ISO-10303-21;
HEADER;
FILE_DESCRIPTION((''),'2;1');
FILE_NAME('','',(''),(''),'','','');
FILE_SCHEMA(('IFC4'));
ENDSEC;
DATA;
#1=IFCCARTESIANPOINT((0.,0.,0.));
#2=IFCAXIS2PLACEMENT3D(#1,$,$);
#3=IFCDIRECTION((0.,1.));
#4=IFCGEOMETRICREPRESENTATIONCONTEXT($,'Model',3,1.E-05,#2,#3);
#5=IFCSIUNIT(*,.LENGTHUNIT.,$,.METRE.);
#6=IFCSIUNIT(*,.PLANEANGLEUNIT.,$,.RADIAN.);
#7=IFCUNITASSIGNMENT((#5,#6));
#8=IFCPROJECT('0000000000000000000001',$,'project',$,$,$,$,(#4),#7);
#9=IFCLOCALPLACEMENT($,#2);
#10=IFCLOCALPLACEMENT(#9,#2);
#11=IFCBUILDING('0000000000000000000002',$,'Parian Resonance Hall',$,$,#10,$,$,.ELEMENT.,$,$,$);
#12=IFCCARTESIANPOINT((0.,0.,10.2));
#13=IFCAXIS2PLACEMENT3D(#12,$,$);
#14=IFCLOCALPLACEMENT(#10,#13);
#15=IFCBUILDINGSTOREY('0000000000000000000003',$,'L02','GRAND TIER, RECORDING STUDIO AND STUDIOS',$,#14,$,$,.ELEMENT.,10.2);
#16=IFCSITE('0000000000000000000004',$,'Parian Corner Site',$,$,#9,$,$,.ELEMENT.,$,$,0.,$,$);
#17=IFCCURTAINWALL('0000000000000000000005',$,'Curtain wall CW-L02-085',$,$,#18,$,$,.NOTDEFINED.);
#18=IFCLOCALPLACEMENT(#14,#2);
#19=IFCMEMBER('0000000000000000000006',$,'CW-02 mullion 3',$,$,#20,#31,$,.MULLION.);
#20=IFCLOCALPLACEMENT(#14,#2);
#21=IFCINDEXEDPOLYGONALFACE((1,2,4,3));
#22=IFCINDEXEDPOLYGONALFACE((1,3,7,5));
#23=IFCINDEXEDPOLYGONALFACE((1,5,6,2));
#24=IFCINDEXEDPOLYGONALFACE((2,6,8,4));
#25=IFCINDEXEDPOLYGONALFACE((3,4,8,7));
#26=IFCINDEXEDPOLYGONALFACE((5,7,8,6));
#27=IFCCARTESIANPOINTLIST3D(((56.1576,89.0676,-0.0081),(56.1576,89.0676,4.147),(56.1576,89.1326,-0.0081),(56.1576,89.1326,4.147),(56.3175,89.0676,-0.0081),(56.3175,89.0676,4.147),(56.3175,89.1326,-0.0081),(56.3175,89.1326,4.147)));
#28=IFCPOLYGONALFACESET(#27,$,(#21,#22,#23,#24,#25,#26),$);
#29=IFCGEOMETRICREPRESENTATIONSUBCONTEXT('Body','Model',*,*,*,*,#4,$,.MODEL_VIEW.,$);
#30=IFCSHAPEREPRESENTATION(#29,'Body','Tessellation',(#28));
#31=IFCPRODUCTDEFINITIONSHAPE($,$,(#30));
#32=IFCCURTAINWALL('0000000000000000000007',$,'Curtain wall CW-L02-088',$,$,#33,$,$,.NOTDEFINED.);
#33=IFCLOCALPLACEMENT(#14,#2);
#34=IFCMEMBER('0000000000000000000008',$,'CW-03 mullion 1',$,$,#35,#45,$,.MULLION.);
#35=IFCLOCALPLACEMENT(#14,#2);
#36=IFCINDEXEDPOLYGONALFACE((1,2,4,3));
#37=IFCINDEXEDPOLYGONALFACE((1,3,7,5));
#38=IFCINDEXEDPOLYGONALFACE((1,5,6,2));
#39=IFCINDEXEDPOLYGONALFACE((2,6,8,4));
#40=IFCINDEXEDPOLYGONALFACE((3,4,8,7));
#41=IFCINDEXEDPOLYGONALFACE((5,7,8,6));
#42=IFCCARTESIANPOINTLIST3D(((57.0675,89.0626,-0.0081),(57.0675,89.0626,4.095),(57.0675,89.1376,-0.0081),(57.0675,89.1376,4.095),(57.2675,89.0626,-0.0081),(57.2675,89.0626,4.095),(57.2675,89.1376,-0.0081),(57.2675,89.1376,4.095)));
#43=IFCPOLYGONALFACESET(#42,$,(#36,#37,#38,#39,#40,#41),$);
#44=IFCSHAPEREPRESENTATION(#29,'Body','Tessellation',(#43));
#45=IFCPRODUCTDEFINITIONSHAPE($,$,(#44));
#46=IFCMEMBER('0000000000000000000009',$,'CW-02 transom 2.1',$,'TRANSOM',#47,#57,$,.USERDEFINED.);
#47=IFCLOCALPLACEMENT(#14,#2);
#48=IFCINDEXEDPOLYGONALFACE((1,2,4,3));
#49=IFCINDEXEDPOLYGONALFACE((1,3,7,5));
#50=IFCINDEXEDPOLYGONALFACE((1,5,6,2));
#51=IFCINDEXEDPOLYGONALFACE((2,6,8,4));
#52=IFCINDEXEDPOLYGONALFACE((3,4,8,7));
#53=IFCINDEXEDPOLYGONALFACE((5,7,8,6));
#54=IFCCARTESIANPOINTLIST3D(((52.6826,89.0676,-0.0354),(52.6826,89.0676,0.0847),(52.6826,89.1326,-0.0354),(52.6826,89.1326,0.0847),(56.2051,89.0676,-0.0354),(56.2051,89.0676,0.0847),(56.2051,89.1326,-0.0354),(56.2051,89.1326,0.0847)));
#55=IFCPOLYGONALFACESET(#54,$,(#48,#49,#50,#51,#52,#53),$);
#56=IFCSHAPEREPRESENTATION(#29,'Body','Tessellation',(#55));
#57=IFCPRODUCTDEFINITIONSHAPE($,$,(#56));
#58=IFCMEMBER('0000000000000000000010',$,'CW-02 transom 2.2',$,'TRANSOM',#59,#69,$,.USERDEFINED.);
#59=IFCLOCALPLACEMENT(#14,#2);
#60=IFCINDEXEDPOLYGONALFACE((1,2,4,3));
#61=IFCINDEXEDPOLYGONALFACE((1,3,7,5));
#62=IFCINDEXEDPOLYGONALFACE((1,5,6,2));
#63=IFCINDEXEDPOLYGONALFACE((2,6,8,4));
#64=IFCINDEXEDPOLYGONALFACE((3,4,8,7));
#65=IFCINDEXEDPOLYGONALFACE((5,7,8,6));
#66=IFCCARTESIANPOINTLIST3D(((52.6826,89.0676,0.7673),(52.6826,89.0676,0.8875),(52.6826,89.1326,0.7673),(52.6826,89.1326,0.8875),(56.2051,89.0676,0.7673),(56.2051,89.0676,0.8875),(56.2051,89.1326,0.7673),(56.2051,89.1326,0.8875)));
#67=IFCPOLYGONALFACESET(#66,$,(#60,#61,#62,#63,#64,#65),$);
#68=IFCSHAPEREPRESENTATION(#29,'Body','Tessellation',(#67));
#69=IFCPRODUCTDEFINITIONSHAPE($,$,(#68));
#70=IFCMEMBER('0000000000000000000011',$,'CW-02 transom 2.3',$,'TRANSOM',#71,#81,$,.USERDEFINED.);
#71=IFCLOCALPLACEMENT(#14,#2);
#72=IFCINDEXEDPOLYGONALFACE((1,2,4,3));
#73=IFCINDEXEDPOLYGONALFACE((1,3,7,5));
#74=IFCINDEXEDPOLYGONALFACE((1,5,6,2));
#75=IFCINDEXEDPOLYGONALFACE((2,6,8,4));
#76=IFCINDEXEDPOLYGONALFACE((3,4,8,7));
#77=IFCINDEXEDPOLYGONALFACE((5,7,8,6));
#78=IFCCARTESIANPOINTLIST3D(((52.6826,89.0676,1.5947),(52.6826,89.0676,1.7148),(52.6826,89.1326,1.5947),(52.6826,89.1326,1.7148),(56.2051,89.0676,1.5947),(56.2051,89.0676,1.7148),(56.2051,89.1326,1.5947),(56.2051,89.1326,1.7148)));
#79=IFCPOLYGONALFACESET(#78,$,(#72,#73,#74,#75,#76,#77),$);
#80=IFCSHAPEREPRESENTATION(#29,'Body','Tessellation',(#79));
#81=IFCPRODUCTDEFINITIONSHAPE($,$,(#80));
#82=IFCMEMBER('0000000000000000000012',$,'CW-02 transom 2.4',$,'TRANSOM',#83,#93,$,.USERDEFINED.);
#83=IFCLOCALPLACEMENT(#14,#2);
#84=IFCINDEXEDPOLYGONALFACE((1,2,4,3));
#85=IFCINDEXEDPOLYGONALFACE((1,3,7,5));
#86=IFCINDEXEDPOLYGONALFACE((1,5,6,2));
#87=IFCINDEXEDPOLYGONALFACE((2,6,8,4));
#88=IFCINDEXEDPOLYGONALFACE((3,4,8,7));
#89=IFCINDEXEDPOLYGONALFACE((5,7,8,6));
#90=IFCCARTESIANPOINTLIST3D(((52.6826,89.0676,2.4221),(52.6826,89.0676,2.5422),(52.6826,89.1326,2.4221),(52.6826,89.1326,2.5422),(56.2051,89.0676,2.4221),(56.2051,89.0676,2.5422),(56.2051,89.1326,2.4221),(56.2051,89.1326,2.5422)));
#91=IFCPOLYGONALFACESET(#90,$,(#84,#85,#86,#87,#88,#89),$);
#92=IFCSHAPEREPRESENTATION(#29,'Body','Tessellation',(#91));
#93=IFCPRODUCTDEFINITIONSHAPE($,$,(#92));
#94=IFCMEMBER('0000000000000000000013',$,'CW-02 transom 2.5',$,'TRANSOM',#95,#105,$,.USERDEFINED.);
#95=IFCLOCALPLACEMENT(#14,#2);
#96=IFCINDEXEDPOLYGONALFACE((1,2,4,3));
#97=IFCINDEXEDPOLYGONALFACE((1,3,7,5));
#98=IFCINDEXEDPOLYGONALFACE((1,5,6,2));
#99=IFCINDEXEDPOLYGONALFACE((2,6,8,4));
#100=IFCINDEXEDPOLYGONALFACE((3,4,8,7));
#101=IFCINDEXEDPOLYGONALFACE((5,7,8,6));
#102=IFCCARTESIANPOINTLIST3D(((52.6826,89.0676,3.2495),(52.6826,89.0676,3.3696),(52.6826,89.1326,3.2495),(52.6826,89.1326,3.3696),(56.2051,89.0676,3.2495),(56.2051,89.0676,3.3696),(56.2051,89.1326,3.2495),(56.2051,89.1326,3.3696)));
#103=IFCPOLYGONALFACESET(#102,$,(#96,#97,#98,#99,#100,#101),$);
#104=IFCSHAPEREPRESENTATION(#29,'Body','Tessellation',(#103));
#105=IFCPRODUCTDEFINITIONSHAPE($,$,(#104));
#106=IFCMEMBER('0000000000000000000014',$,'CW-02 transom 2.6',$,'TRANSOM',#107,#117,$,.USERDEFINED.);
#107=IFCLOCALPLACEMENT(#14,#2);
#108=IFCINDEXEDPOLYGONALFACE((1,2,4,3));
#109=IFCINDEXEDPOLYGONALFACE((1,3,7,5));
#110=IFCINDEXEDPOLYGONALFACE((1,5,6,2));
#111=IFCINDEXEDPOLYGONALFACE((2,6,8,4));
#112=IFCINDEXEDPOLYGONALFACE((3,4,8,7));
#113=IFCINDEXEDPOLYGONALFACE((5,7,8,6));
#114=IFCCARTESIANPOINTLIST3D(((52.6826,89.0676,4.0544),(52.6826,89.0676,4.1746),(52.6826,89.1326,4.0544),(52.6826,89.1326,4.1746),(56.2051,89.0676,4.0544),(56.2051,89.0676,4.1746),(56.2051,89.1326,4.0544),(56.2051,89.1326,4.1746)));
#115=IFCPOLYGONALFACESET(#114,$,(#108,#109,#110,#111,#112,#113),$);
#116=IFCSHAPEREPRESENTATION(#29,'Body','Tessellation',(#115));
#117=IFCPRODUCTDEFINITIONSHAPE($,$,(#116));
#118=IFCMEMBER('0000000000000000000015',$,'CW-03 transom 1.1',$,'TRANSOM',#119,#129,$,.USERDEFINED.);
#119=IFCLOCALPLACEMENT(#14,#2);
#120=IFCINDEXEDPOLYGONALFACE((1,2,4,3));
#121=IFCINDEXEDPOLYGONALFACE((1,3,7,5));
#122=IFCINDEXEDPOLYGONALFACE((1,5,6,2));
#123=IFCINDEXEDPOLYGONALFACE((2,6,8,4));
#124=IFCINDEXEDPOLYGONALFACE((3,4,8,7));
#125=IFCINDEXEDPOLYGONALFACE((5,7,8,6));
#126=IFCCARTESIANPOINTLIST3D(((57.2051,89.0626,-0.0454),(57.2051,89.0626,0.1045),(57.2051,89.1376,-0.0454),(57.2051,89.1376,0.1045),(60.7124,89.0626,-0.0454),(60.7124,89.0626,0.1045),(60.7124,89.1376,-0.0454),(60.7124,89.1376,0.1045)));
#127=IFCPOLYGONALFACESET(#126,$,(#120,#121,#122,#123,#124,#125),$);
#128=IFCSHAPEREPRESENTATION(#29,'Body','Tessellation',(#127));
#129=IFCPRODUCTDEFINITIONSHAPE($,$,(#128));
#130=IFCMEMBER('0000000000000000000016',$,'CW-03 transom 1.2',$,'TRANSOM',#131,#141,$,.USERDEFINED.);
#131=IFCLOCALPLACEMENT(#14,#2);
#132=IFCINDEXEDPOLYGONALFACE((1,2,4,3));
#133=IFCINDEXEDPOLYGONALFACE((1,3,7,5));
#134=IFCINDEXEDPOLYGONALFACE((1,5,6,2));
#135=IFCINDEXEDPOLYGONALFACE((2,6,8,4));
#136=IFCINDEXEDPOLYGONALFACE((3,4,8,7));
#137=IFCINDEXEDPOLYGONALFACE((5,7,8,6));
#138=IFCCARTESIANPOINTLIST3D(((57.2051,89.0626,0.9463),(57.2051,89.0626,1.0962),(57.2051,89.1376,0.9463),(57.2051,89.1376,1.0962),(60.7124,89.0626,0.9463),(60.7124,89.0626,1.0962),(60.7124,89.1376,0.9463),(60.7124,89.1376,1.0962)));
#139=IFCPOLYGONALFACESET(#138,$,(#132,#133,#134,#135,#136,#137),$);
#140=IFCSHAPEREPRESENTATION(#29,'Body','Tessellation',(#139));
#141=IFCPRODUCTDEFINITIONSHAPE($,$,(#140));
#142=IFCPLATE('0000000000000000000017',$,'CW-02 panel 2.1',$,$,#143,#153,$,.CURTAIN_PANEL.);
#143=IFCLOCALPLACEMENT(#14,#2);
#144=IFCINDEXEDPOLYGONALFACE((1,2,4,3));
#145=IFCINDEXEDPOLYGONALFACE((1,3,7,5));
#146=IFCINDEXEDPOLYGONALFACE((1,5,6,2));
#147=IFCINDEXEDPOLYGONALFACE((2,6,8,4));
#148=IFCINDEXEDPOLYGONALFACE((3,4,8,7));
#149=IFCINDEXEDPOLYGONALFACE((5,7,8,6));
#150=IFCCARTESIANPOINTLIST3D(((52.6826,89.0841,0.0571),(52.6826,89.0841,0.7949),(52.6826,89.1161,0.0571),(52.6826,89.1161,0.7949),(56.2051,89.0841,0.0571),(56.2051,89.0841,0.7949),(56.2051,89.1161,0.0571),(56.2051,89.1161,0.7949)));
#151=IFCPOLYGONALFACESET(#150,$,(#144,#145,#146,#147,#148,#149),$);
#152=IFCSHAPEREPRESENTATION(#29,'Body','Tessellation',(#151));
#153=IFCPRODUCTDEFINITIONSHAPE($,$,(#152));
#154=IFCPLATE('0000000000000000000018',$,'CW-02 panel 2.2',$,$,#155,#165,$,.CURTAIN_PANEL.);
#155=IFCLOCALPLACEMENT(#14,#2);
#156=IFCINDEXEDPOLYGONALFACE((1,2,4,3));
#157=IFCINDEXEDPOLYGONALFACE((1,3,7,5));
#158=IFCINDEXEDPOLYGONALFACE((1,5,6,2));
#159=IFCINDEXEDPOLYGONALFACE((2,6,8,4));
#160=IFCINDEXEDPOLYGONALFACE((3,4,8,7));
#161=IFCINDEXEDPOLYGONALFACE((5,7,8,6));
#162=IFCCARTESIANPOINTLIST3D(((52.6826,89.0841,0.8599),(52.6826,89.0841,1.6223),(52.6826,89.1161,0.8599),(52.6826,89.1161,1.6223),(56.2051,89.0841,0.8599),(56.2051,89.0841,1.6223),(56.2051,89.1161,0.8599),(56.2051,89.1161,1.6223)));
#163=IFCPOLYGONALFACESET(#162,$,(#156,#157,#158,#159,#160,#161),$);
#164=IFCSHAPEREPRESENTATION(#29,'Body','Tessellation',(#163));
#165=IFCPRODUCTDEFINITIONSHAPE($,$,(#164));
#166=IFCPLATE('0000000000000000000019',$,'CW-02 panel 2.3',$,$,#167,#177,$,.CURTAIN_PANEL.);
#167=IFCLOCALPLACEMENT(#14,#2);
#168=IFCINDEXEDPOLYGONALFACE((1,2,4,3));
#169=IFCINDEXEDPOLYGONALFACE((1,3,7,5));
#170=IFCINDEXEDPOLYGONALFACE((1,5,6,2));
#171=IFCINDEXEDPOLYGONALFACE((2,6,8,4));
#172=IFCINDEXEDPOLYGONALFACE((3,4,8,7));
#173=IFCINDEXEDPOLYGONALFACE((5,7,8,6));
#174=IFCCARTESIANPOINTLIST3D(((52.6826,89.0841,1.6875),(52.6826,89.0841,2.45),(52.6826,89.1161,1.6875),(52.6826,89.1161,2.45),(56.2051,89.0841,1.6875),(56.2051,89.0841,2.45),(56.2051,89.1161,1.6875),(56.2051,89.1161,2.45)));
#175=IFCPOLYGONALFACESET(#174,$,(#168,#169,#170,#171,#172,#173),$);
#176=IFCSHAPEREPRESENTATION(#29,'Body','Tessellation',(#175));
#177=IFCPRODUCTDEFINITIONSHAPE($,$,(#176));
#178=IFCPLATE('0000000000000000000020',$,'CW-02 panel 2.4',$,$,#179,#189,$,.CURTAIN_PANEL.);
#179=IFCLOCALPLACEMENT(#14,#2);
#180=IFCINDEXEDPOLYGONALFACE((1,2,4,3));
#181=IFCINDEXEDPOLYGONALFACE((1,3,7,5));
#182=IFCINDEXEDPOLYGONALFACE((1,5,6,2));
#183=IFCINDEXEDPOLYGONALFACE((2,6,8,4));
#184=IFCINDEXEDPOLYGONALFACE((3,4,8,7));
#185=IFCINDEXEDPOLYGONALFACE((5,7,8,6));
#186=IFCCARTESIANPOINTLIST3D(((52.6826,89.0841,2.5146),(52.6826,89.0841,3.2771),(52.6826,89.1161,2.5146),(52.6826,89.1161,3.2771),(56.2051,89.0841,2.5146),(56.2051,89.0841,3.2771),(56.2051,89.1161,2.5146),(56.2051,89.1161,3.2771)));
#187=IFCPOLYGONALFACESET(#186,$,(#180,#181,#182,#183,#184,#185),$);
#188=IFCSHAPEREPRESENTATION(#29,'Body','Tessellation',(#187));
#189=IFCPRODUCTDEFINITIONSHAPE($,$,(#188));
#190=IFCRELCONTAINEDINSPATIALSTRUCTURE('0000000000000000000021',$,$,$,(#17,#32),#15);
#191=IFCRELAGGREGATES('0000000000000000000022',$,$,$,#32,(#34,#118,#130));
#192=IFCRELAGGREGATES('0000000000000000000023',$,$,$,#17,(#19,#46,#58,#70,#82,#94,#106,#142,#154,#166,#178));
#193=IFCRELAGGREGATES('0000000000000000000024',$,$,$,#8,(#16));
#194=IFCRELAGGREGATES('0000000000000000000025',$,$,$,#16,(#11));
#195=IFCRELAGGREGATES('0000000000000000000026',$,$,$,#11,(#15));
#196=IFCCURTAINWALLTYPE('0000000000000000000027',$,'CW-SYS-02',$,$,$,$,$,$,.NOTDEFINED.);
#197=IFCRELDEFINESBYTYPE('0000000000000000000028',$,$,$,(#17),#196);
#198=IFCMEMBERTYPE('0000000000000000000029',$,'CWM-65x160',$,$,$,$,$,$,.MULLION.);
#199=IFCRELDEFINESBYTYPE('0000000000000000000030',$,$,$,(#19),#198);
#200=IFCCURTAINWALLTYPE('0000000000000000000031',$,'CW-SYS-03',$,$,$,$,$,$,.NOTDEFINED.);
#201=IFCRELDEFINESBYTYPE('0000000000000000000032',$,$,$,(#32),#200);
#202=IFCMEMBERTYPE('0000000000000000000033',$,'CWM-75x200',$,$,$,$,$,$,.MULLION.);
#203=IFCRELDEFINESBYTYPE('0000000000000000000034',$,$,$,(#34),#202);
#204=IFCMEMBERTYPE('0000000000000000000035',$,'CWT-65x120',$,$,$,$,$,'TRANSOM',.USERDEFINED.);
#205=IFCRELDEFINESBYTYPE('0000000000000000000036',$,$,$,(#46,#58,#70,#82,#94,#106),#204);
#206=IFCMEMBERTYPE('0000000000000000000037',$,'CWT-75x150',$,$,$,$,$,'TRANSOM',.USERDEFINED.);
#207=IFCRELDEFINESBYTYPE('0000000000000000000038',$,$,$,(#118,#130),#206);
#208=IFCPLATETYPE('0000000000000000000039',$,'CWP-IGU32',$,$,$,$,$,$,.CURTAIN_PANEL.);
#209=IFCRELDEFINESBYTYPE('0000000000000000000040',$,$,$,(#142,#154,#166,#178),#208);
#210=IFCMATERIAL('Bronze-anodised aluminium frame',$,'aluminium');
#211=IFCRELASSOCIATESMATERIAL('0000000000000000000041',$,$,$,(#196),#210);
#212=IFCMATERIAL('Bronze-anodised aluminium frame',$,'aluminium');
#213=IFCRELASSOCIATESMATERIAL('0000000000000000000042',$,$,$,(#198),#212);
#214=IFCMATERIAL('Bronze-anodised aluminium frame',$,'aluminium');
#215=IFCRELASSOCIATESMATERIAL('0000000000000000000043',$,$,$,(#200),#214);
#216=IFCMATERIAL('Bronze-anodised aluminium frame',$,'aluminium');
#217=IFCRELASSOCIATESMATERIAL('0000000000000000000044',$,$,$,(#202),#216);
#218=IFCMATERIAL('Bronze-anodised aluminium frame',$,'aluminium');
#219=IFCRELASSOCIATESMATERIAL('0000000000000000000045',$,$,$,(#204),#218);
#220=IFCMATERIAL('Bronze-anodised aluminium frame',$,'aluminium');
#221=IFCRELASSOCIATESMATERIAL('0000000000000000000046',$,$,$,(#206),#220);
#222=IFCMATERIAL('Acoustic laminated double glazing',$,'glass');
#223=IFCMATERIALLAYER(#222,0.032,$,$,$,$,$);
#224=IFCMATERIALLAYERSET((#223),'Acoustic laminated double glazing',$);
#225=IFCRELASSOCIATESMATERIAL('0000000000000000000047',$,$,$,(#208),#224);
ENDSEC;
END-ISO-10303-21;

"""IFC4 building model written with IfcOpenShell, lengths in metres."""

from ifc_helpers import new_model, si_unit, direction, frame, origin, origin_2d, place, context, subcontext, project, spatial, rectangle, extrude, material, layer, layer_set, material_profile, profile_set, type_object, element, aggregate, save


model = new_model("IFC4")

# Units and contexts
model_context = context("Model", 3, precision=1e-05, world=origin(), true_north=direction((0.0, 1.0)))
body_context = subcontext(model_context, "Body", "Model", "MODEL_VIEW")
ifc_project = project(units=[si_unit("LENGTHUNIT", "METRE"), si_unit("PLANEANGLEUNIT", "RADIAN")], contexts=[model_context])

# Site, building, storey
site_placement = place(None, origin())
site = spatial("IfcSite", under=ifc_project, at=site_placement, Name="Parian Corner Site", CompositionType="ELEMENT", RefElevation=0.0)
building_placement = place(site_placement, origin())
building = spatial("IfcBuilding", under=site, at=building_placement, Name="Parian Resonance Hall", CompositionType="ELEMENT")
storey_placement = place(building_placement, frame((0.0, 0.0, 10.2)))
storey = spatial("IfcBuildingStorey", under=building, at=storey_placement, Name="L02", Description="GRAND TIER, RECORDING STUDIO AND STUDIOS", CompositionType="ELEMENT", Elevation=10.2)

# Curtain wall, member
ifc_material_1 = material(Name="Bronze-anodised aluminium frame", Category="aluminium")
curtain_wall_type_1 = type_object("IfcCurtainWallType", Name="CW-SYS-02", PredefinedType="NOTDEFINED", material=ifc_material_1)
curtain_wall_1_placement = place(storey_placement, origin())
curtain_wall_1 = element("IfcCurtainWall", 1, at=curtain_wall_1_placement, inside=storey, type_object=curtain_wall_type_1, Name="Curtain wall CW-L02-085", PredefinedType="NOTDEFINED")
ifc_material_2 = material(Name="Bronze-anodised aluminium frame", Category="aluminium")
ifc_material_profile_1 = material_profile(ifc_material_2, rectangle(XDim=0.0649, YDim=0.1599, at=origin_2d()), Name="CWM-65x160")
ifc_profile_set_1 = profile_set([ifc_material_profile_1], Name="Bronze-anodised aluminium frame")
member_type_1 = type_object("IfcMemberType", Name="CWM-65x160", PredefinedType="MULLION", material=ifc_profile_set_1)
member_1_placement = place(storey_placement, frame((56.2375, 89.1001, -0.0081), z_axis=(0.0, 0.0, 1.0), x_axis=(0.0, 1.0, 0.0)))
member_1 = element("IfcMember", 2, at=member_1_placement, type_object=member_type_1, Name="CW-02 mullion 3", PredefinedType="MULLION", context=body_context, shape_type="SweptSolid", body=[
    extrude(rectangle(XDim=0.0649, YDim=0.1599, at=origin_2d()), origin(), (0.0, 0.0, 1.0), 4.155),
])

# Curtain wall, member
ifc_material_3 = material(Name="Bronze-anodised aluminium frame", Category="aluminium")
curtain_wall_type_2 = type_object("IfcCurtainWallType", Name="CW-SYS-03", PredefinedType="NOTDEFINED", material=ifc_material_3)
curtain_wall_2_placement = place(storey_placement, origin())
curtain_wall_2 = element("IfcCurtainWall", 3, at=curtain_wall_2_placement, inside=storey, type_object=curtain_wall_type_2, Name="Curtain wall CW-L02-088", PredefinedType="NOTDEFINED")
ifc_material_4 = material(Name="Bronze-anodised aluminium frame", Category="aluminium")
ifc_material_profile_2 = material_profile(ifc_material_4, rectangle(XDim=0.075, YDim=0.2, at=origin_2d()), Name="CWM-75x200")
ifc_profile_set_2 = profile_set([ifc_material_profile_2], Name="Bronze-anodised aluminium frame")
member_type_2 = type_object("IfcMemberType", Name="CWM-75x200", PredefinedType="MULLION", material=ifc_profile_set_2)
member_2_placement = place(storey_placement, frame((57.1675, 89.1001, -0.0081), z_axis=(0.0, 0.0, 1.0), x_axis=(0.0, 1.0, 0.0)))
member_2 = element("IfcMember", 4, at=member_2_placement, type_object=member_type_2, Name="CW-03 mullion 1", PredefinedType="MULLION", context=body_context, shape_type="SweptSolid", body=[
    extrude(rectangle(XDim=0.075, YDim=0.2, at=origin_2d()), origin(), (0.0, 0.0, 1.0), 4.103),
])

# Members
ifc_material_5 = material(Name="Bronze-anodised aluminium frame", Category="aluminium")
ifc_material_profile_3 = material_profile(ifc_material_5, rectangle(XDim=0.0649, YDim=0.1201, at=origin_2d()), Name="CWT-65x120")
ifc_profile_set_3 = profile_set([ifc_material_profile_3], Name="Bronze-anodised aluminium frame")
member_type_3 = type_object("IfcMemberType", Name="CWT-65x120", ElementType="TRANSOM", PredefinedType="USERDEFINED", material=ifc_profile_set_3)
member_3_placement = place(storey_placement, frame((52.6826, 89.1001, 0.0247), z_axis=(1.0, 0.0, 0.0), x_axis=(0.0, 1.0, 0.0)))
member_3 = element("IfcMember", 5, at=member_3_placement, type_object=member_type_3, Name="CW-02 transom 2.1", ObjectType="TRANSOM", PredefinedType="USERDEFINED", context=body_context, shape_type="SweptSolid", body=[
    extrude(rectangle(XDim=0.0649, YDim=0.1201, at=origin_2d()), origin(), (0.0, 0.0, 1.0), 3.5225),
])
member_4_placement = place(storey_placement, frame((52.6826, 89.1001, 0.8274), z_axis=(1.0, 0.0, 0.0), x_axis=(0.0, 1.0, 0.0)))
member_4 = element("IfcMember", 6, at=member_4_placement, type_object=member_type_3, Name="CW-02 transom 2.2", ObjectType="TRANSOM", PredefinedType="USERDEFINED", context=body_context, shape_type="SweptSolid", body=[
    extrude(rectangle(XDim=0.0649, YDim=0.1201, at=origin_2d()), origin(), (0.0, 0.0, 1.0), 3.5225),
])
member_5_placement = place(storey_placement, frame((52.6826, 89.1001, 1.6548), z_axis=(1.0, 0.0, 0.0), x_axis=(0.0, 1.0, 0.0)))
member_5 = element("IfcMember", 7, at=member_5_placement, type_object=member_type_3, Name="CW-02 transom 2.3", ObjectType="TRANSOM", PredefinedType="USERDEFINED", context=body_context, shape_type="SweptSolid", body=[
    extrude(rectangle(XDim=0.0649, YDim=0.1201, at=origin_2d()), origin(), (0.0, 0.0, 1.0), 3.5225),
])
member_6_placement = place(storey_placement, frame((52.6826, 89.1001, 2.4822), z_axis=(1.0, 0.0, 0.0), x_axis=(0.0, 1.0, 0.0)))
member_6 = element("IfcMember", 8, at=member_6_placement, type_object=member_type_3, Name="CW-02 transom 2.4", ObjectType="TRANSOM", PredefinedType="USERDEFINED", context=body_context, shape_type="SweptSolid", body=[
    extrude(rectangle(XDim=0.0649, YDim=0.1201, at=origin_2d()), origin(), (0.0, 0.0, 1.0), 3.5225),
])
member_7_placement = place(storey_placement, frame((52.6826, 89.1001, 3.3096), z_axis=(1.0, 0.0, 0.0), x_axis=(0.0, 1.0, 0.0)))
member_7 = element("IfcMember", 9, at=member_7_placement, type_object=member_type_3, Name="CW-02 transom 2.5", ObjectType="TRANSOM", PredefinedType="USERDEFINED", context=body_context, shape_type="SweptSolid", body=[
    extrude(rectangle(XDim=0.0649, YDim=0.1201, at=origin_2d()), origin(), (0.0, 0.0, 1.0), 3.5225),
])
member_8_placement = place(storey_placement, frame((52.6826, 89.1001, 4.1145), z_axis=(1.0, 0.0, 0.0), x_axis=(0.0, 1.0, 0.0)))
member_8 = element("IfcMember", 10, at=member_8_placement, type_object=member_type_3, Name="CW-02 transom 2.6", ObjectType="TRANSOM", PredefinedType="USERDEFINED", context=body_context, shape_type="SweptSolid", body=[
    extrude(rectangle(XDim=0.0649, YDim=0.1201, at=origin_2d()), origin(), (0.0, 0.0, 1.0), 3.5225),
])
ifc_material_6 = material(Name="Bronze-anodised aluminium frame", Category="aluminium")
ifc_material_profile_4 = material_profile(ifc_material_6, rectangle(XDim=0.075, YDim=0.1499, at=origin_2d()), Name="CWT-75x150")
ifc_profile_set_4 = profile_set([ifc_material_profile_4], Name="Bronze-anodised aluminium frame")
member_type_4 = type_object("IfcMemberType", Name="CWT-75x150", ElementType="TRANSOM", PredefinedType="USERDEFINED", material=ifc_profile_set_4)
member_9_placement = place(storey_placement, frame((57.2051, 89.1001, 0.0295), z_axis=(1.0, 0.0, 0.0), x_axis=(0.0, 1.0, 0.0)))
member_9 = element("IfcMember", 11, at=member_9_placement, type_object=member_type_4, Name="CW-03 transom 1.1", ObjectType="TRANSOM", PredefinedType="USERDEFINED", context=body_context, shape_type="SweptSolid", body=[
    extrude(rectangle(XDim=0.075, YDim=0.1499, at=origin_2d()), origin(), (0.0, 0.0, 1.0), 3.5073),
])
member_10_placement = place(storey_placement, frame((57.2051, 89.1001, 1.0212), z_axis=(1.0, 0.0, 0.0), x_axis=(0.0, 1.0, 0.0)))
member_10 = element("IfcMember", 12, at=member_10_placement, type_object=member_type_4, Name="CW-03 transom 1.2", ObjectType="TRANSOM", PredefinedType="USERDEFINED", context=body_context, shape_type="SweptSolid", body=[
    extrude(rectangle(XDim=0.075, YDim=0.1499, at=origin_2d()), origin(), (0.0, 0.0, 1.0), 3.5073),
])
aggregate(curtain_wall_2, [member_2, member_9, member_10])

# Plates
ifc_material_7 = material(Name="Acoustic laminated double glazing", Category="glass")
ifc_layer_1 = layer(ifc_material_7, 0.032)
ifc_layer_set_1 = layer_set([ifc_layer_1], Name="Acoustic laminated double glazing")
plate_type = type_object("IfcPlateType", Name="CWP-IGU32", PredefinedType="CURTAIN_PANEL", material=ifc_layer_set_1)
plate_1_placement = place(storey_placement, frame((54.4438, 89.1001, 0.0571), z_axis=(0.0, 0.0, 1.0), x_axis=(1.0, 0.0, 0.0)))
plate_1 = element("IfcPlate", 13, at=plate_1_placement, type_object=plate_type, Name="CW-02 panel 2.1", PredefinedType="CURTAIN_PANEL", context=body_context, shape_type="SweptSolid", body=[
    extrude(rectangle(XDim=3.5225, YDim=0.032, at=origin_2d()), origin(), (0.0, 0.0, 1.0), 0.7378),
])
plate_2_placement = place(storey_placement, frame((54.4438, 89.1001, 0.8599), z_axis=(0.0, 0.0, 1.0), x_axis=(1.0, 0.0, 0.0)))
plate_2 = element("IfcPlate", 14, at=plate_2_placement, type_object=plate_type, Name="CW-02 panel 2.2", PredefinedType="CURTAIN_PANEL", context=body_context, shape_type="SweptSolid", body=[
    extrude(rectangle(XDim=3.5225, YDim=0.032, at=origin_2d()), origin(), (0.0, 0.0, 1.0), 0.7625),
])
plate_3_placement = place(storey_placement, frame((54.4438, 89.1001, 1.6875), z_axis=(0.0, 0.0, 1.0), x_axis=(1.0, 0.0, 0.0)))
plate_3 = element("IfcPlate", 15, at=plate_3_placement, type_object=plate_type, Name="CW-02 panel 2.3", PredefinedType="CURTAIN_PANEL", context=body_context, shape_type="SweptSolid", body=[
    extrude(rectangle(XDim=3.5225, YDim=0.032, at=origin_2d()), origin(), (0.0, 0.0, 1.0), 0.7625),
])
plate_4_placement = place(storey_placement, frame((54.4438, 89.1001, 2.5146), z_axis=(0.0, 0.0, 1.0), x_axis=(1.0, 0.0, 0.0)))
plate_4 = element("IfcPlate", 16, at=plate_4_placement, type_object=plate_type, Name="CW-02 panel 2.4", PredefinedType="CURTAIN_PANEL", context=body_context, shape_type="SweptSolid", body=[
    extrude(rectangle(XDim=3.5225, YDim=0.032, at=origin_2d()), origin(), (0.0, 0.0, 1.0), 0.7625),
])
aggregate(curtain_wall_1, [member_1, member_3, member_4, member_5, member_6, member_7, member_8, plate_1, plate_2, plate_3, plate_4])

save(model, "model.ifc")
